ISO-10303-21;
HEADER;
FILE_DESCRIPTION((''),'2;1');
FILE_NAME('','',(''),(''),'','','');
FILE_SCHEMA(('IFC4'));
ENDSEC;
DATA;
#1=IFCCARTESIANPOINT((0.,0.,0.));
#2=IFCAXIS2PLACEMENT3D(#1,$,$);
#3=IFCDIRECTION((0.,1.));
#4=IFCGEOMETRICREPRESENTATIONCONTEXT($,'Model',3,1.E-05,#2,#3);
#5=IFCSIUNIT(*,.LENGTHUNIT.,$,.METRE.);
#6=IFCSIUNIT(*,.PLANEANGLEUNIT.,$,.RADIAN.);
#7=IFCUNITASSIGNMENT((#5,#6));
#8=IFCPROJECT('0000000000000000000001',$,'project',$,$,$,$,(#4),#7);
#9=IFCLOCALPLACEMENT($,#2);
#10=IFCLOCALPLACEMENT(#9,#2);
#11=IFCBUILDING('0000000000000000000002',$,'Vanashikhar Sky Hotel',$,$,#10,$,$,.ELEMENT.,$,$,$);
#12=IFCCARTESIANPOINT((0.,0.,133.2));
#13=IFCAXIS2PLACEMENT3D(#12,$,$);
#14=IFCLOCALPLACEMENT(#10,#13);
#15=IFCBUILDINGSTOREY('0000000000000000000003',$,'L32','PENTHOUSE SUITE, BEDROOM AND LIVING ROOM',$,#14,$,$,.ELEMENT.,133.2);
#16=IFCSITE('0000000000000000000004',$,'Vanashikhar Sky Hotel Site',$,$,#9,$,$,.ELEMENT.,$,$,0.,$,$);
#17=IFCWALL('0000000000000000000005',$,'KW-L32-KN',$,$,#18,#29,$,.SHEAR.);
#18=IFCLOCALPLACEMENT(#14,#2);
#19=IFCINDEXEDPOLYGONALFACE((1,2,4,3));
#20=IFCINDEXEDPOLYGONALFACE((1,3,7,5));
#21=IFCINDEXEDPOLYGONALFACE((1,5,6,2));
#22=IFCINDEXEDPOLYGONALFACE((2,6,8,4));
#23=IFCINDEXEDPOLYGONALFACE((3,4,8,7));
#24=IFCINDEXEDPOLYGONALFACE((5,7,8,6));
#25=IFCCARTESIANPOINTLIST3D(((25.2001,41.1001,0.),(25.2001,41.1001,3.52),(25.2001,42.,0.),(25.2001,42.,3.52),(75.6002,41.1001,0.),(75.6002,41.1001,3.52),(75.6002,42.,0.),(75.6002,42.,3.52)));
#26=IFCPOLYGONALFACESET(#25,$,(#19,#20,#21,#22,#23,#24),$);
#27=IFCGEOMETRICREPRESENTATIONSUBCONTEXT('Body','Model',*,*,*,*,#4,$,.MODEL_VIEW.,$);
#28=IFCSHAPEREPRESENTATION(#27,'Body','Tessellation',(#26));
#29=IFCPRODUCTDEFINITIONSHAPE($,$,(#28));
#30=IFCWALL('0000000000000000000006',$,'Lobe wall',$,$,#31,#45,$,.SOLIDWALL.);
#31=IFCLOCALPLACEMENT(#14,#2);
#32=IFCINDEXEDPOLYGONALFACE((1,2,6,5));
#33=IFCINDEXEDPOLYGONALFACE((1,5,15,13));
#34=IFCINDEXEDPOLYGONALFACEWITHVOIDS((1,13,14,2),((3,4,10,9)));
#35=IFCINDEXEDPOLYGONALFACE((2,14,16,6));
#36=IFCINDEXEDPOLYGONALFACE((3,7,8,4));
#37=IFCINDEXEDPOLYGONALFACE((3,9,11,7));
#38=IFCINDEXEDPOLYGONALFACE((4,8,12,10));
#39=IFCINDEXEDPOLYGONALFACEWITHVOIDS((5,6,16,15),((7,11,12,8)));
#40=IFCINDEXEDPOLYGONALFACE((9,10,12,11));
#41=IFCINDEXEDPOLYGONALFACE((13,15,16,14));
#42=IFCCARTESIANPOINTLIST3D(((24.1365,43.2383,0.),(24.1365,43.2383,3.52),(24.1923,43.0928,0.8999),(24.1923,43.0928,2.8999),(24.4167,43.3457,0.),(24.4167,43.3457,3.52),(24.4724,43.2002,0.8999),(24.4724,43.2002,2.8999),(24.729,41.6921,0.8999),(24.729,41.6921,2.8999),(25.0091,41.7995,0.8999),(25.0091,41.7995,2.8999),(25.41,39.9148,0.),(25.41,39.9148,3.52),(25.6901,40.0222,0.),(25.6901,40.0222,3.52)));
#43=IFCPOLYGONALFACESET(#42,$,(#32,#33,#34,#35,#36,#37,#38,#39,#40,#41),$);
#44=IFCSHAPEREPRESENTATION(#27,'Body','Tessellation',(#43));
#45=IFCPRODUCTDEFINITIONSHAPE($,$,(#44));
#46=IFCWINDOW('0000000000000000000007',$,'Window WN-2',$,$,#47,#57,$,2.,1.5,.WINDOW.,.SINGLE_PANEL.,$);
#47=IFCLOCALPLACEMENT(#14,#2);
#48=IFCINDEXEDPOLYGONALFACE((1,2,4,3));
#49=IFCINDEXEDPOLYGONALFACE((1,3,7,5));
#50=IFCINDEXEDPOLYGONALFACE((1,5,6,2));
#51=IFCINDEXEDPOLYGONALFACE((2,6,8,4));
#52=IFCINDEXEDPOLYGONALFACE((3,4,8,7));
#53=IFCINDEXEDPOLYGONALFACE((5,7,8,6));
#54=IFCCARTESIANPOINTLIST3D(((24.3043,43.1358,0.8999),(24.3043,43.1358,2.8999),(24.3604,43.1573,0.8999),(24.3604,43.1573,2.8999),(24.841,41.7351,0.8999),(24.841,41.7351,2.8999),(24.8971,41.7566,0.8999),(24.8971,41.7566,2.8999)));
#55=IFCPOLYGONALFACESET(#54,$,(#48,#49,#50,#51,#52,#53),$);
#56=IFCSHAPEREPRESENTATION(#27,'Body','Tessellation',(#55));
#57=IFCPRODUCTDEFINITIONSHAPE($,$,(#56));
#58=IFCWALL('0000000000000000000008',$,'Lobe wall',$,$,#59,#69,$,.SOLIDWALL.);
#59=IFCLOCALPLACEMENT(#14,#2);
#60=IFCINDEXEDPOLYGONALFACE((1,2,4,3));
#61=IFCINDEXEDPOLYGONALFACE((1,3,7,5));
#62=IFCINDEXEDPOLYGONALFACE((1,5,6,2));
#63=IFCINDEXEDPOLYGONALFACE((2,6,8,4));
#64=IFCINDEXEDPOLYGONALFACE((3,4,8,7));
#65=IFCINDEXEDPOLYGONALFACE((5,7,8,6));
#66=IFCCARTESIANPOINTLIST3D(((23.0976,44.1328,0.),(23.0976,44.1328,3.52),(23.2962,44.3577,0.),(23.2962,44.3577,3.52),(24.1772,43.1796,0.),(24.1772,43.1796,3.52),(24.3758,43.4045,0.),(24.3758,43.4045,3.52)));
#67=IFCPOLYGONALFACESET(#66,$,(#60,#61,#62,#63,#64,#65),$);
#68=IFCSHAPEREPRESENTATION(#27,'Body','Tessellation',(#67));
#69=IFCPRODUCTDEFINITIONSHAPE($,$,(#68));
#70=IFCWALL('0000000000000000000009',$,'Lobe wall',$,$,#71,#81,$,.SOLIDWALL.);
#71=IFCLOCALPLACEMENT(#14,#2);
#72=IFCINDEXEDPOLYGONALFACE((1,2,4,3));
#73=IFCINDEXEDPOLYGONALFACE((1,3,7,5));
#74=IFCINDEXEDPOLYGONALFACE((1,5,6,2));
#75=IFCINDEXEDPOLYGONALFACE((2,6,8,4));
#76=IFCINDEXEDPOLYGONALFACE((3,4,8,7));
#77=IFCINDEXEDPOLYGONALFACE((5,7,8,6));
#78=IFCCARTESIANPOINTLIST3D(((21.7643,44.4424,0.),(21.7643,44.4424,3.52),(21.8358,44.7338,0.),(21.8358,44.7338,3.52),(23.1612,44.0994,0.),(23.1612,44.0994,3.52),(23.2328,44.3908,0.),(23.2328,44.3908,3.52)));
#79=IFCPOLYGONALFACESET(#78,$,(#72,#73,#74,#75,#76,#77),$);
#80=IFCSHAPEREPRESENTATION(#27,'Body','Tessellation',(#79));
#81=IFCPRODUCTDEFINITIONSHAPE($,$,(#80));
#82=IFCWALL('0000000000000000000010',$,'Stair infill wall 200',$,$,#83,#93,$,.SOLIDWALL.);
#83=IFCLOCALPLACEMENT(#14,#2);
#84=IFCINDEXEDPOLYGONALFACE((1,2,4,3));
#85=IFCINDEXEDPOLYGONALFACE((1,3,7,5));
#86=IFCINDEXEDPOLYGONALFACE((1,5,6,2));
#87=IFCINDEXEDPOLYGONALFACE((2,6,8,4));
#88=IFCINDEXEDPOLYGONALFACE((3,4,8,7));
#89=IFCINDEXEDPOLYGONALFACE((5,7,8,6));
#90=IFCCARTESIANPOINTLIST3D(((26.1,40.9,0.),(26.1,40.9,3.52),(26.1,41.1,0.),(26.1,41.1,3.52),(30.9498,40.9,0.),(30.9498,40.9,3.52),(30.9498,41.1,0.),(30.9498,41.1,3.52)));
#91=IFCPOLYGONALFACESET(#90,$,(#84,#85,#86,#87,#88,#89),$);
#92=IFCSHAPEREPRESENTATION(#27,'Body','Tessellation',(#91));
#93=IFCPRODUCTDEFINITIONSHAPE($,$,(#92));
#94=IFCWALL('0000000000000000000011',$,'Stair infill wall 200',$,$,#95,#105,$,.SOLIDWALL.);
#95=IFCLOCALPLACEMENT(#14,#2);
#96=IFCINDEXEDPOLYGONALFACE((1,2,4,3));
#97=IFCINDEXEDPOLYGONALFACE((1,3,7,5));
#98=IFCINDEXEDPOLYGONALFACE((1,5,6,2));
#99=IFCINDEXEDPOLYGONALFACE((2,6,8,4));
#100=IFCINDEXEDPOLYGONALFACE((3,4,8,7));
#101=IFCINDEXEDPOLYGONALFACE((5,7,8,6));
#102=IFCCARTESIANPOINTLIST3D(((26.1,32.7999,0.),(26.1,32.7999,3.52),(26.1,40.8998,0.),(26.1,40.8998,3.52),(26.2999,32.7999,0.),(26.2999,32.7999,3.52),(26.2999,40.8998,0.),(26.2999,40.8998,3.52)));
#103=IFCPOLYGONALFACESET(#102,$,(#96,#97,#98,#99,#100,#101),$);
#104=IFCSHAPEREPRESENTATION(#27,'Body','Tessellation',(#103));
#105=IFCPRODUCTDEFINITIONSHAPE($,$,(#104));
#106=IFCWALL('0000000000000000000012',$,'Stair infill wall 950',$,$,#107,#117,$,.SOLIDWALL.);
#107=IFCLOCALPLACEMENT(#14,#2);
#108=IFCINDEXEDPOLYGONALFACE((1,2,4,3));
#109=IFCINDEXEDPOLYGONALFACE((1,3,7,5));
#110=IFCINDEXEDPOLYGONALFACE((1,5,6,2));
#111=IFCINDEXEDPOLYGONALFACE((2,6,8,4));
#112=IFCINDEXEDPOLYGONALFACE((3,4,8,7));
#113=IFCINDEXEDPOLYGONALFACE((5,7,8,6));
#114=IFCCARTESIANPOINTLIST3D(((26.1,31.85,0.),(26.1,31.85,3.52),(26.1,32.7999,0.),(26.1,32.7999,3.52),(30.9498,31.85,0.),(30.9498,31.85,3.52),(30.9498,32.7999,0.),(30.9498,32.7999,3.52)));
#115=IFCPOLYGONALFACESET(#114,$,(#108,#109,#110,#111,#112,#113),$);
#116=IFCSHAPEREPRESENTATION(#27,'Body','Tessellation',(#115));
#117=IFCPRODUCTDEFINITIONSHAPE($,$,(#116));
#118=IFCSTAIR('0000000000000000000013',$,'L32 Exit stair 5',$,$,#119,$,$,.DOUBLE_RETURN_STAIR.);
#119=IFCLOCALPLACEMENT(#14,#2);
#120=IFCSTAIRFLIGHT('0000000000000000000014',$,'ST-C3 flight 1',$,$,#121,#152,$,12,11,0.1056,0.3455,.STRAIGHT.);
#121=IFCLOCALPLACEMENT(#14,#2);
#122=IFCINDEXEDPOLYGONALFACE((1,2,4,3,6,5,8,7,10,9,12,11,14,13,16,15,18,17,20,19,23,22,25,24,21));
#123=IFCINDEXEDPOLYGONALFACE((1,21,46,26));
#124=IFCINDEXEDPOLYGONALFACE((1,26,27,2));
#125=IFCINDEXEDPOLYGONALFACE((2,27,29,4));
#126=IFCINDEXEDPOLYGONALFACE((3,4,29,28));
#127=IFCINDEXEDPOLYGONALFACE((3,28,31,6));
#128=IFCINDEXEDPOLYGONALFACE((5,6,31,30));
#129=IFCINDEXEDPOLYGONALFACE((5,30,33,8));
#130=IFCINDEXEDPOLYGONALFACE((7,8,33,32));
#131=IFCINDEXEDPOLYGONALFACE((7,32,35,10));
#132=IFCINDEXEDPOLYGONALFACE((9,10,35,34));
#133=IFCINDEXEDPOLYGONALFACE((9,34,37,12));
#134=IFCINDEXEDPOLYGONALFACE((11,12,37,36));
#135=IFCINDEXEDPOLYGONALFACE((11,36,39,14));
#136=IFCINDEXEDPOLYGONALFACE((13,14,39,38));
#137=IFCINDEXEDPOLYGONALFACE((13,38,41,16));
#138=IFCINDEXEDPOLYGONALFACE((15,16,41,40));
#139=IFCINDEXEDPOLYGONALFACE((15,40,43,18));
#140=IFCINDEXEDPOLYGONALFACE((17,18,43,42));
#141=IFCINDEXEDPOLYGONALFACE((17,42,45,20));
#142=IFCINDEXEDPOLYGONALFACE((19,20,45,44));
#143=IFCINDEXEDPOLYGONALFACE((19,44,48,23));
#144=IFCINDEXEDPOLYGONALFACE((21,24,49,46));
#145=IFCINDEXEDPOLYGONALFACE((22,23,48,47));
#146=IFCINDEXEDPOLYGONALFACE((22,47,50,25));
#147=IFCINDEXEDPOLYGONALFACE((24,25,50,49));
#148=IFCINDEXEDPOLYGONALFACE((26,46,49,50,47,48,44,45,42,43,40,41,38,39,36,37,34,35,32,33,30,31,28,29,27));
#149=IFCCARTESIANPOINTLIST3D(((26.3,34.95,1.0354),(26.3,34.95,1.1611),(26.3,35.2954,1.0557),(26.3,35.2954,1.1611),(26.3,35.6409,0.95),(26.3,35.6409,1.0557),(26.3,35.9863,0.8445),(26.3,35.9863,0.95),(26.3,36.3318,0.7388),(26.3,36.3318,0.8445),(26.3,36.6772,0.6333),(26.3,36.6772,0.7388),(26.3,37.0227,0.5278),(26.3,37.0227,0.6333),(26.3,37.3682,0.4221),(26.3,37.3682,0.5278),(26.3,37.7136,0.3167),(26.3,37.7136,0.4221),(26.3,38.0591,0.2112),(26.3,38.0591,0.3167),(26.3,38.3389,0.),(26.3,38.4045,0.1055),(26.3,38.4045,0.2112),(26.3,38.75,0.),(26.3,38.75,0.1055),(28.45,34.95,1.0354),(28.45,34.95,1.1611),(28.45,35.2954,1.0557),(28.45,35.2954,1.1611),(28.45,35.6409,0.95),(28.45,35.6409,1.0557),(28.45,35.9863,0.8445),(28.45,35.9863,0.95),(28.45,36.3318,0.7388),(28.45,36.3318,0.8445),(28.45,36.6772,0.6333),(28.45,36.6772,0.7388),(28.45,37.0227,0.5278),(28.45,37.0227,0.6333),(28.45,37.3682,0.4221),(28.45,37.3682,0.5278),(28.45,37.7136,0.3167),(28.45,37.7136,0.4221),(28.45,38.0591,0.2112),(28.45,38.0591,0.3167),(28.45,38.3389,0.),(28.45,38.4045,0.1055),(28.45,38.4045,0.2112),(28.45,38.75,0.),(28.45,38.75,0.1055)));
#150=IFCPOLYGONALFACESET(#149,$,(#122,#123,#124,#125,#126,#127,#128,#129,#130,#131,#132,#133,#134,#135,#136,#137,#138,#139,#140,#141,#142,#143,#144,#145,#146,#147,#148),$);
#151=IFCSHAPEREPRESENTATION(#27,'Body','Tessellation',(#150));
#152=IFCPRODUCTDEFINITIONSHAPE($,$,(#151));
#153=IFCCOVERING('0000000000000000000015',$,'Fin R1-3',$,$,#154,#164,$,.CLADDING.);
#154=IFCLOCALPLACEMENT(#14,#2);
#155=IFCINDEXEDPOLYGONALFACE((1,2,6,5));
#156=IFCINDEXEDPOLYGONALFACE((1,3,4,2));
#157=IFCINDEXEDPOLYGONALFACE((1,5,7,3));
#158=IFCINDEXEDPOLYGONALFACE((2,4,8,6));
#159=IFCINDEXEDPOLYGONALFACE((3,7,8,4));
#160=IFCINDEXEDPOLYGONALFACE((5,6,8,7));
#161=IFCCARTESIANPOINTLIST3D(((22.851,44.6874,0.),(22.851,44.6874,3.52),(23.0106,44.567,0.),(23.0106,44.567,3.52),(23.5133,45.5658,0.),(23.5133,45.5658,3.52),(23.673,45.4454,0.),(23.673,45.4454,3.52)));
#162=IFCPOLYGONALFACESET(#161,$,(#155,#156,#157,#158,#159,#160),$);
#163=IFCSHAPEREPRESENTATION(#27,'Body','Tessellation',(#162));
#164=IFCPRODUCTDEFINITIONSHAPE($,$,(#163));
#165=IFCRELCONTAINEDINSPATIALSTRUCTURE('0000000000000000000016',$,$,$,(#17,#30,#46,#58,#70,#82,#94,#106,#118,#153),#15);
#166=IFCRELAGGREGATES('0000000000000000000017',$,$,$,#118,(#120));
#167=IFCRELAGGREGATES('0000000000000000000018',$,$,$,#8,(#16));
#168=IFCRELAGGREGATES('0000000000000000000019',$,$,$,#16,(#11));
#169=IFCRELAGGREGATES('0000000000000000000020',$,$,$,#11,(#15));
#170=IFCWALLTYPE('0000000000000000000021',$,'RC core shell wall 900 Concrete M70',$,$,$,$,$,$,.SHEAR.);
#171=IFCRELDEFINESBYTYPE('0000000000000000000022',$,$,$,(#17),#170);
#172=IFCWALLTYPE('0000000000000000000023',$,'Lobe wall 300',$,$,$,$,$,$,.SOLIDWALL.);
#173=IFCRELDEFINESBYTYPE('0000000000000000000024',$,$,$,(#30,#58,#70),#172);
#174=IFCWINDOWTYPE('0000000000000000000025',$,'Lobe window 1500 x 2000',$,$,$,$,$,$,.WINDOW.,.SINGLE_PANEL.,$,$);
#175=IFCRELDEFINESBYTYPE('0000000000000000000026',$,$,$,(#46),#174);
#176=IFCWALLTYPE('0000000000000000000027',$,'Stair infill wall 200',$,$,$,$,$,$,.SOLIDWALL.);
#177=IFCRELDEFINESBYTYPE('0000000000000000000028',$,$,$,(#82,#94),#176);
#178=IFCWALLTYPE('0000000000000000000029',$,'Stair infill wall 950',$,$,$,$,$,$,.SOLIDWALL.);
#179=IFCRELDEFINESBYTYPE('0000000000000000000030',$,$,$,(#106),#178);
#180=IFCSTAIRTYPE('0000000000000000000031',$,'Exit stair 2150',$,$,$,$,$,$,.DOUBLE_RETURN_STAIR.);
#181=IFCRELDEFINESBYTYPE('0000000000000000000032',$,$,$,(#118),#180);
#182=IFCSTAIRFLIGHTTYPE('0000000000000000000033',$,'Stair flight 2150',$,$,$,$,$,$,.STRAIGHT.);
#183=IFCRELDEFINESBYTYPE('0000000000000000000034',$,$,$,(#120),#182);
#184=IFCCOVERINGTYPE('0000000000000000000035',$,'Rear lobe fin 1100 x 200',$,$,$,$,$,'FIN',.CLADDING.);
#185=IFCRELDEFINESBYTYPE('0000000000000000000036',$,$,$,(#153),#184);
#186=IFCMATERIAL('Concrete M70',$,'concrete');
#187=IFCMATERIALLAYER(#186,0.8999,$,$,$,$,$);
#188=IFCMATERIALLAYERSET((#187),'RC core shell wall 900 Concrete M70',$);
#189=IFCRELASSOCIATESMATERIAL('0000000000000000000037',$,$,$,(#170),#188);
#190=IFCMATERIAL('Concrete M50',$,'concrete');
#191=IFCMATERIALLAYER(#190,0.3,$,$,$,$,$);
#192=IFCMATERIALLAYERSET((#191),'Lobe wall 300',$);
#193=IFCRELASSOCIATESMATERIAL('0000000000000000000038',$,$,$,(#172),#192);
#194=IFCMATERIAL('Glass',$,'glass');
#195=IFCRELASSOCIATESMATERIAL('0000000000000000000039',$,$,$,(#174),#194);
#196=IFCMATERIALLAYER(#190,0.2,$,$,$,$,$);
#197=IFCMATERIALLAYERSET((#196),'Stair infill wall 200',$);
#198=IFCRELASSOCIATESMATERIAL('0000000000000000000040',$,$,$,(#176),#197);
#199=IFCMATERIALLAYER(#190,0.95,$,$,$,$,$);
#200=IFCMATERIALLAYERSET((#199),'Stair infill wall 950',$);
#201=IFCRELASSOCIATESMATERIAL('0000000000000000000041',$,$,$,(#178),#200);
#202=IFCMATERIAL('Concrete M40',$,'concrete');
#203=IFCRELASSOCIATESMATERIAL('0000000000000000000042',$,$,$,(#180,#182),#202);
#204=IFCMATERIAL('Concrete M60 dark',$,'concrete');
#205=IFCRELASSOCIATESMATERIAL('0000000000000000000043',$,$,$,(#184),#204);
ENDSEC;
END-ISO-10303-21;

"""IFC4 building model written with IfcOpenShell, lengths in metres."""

from ifc_helpers import new_model, si_unit, direction, frame, frame_2d, origin, origin_2d, place, context, subcontext, project, spatial, polyline, rectangle, outline, extrude, source, transform, mapped, material, layer, layer_set, material_profile, profile_set, type_object, element, fill, aggregate, save


model = new_model("IFC4")

# Units and contexts
model_context = context("Model", 3, precision=1e-05, world=origin(), true_north=direction((0.0, 1.0)))
body_context = subcontext(model_context, "Body", "Model", "MODEL_VIEW")
ifc_project = project(units=[si_unit("LENGTHUNIT", "METRE"), si_unit("PLANEANGLEUNIT", "RADIAN")], contexts=[model_context])

# Site, building, storey
site_placement = place(None, origin())
site = spatial("IfcSite", under=ifc_project, at=site_placement, Name="Vanashikhar Sky Hotel Site", CompositionType="ELEMENT", RefElevation=0.0)
building_placement = place(site_placement, origin())
building = spatial("IfcBuilding", under=site, at=building_placement, Name="Vanashikhar Sky Hotel", CompositionType="ELEMENT")
storey_placement = place(building_placement, frame((0.0, 0.0, 133.2)))
storey = spatial("IfcBuildingStorey", under=building, at=storey_placement, Name="L32", Description="PENTHOUSE SUITE, BEDROOM AND LIVING ROOM", CompositionType="ELEMENT", Elevation=133.2)

# Wall
ifc_material_1 = material(Name="Concrete M70", Category="concrete")
ifc_layer_1 = layer(ifc_material_1, 0.8999)
ifc_layer_set_1 = layer_set([ifc_layer_1], Name="RC core shell wall 900 Concrete M70")
wall_type_1 = type_object("IfcWallType", Name="RC core shell wall 900 Concrete M70", PredefinedType="SHEAR", material=ifc_layer_set_1)
shared_shape_1 = source(origin(), body_context, "Body", "SweptSolid", [
    extrude(rectangle(XDim=50.4001, YDim=0.8999, at=frame_2d((25.2002, 0.0))), origin(), (0.0, 0.0, 1.0), 3.52),
])
wall_1_placement = place(storey_placement, frame((25.2, 41.55, 0.0), z_axis=(0.0, 0.0, 1.0), x_axis=(1.0, 0.0, 0.0)))
element("IfcWall", 1, at=wall_1_placement, inside=storey, type_object=wall_type_1, Name="KW-L32-KN", PredefinedType="SHEAR", context=body_context, shape_type="MappedRepresentation", body=[
    mapped(shared_shape_1, transform((0.0, 0.0, 0.0), scale=1.0)),
])

# Wall, opening, window
ifc_material_2 = material(Name="Concrete M50", Category="concrete")
ifc_layer_2 = layer(ifc_material_2, 0.3)
ifc_layer_set_2 = layer_set([ifc_layer_2], Name="Lobe wall 300")
wall_type_2 = type_object("IfcWallType", Name="Lobe wall 300", PredefinedType="SOLIDWALL", material=ifc_layer_set_2)
shared_shape_2 = source(origin(), body_context, "Body", "SweptSolid", [
    extrude(rectangle(XDim=3.5591, YDim=0.3, at=frame_2d((1.7795, 0.0))), origin(), (0.0, 0.0, 1.0), 3.52),
])
wall_2_placement = place(storey_placement, frame((25.55, 39.9685, 0.0), z_axis=(0.0, 0.0, 1.0), x_axis=(-0.357797, 0.933799, 0.0)))
wall_2 = element("IfcWall", 2, at=wall_2_placement, inside=storey, type_object=wall_type_2, Name="Lobe wall", PredefinedType="SOLIDWALL", context=body_context, shape_type="MappedRepresentation", body=[
    mapped(shared_shape_2, transform((0.0, 0.0, 0.0), scale=1.0)),
])
shared_shape_3 = source(origin(), body_context, "Body", "SweptSolid", [
    extrude(rectangle(XDim=1.5, YDim=2.0, at=frame_2d((0.75, 1.0))), frame((0.0, 0.1602, 0.0), z_axis=(0.0, -1.0, 0.0), x_axis=(1.0, 0.0, 0.0)), (0.0, 0.0, 1.0), 0.3201),
])
opening_placement = place(wall_2_placement, frame((1.9033, 0.0, 0.8999)))
opening = element("IfcOpeningElement", 3, at=opening_placement, cuts=wall_2, PredefinedType="OPENING", context=body_context, shape_type="MappedRepresentation", body=[
    mapped(shared_shape_3, transform((0.0, 0.0, 0.0), scale=1.0)),
])
ifc_material_3 = material(Name="Glass", Category="glass")
window_type = type_object("IfcWindowType", Name="Lobe window 1500 x 2000", PartitioningType="SINGLE_PANEL", PredefinedType="WINDOW", material=ifc_material_3)
shared_shape_4 = source(origin(), body_context, "Body", "SweptSolid", [
    extrude(rectangle(XDim=1.5, YDim=2.0, at=frame_2d((0.75, 1.0))), frame((0.0, 0.03, 0.0), z_axis=(0.0, -1.0, 0.0), x_axis=(1.0, 0.0, 0.0)), (0.0, 0.0, 1.0), 0.0601),
])
window_placement = place(opening_placement, origin())
window = element("IfcWindow", 4, at=window_placement, inside=storey, type_object=window_type, Name="Window WN-2", OverallHeight=2.0, OverallWidth=1.5, PartitioningType="SINGLE_PANEL", PredefinedType="WINDOW", context=body_context, shape_type="MappedRepresentation", body=[
    mapped(shared_shape_4, transform((0.0, 0.0, 0.0), scale=1.0)),
])
fill(opening, window)

# Walls
shared_shape_5 = source(origin(), body_context, "Body", "SweptSolid", [
    extrude(rectangle(XDim=1.4402, YDim=0.3, at=frame_2d((0.7202, 0.0))), origin(), (0.0, 0.0, 1.0), 3.52),
])
wall_3_placement = place(storey_placement, frame((24.2766, 43.292, 0.0), z_axis=(0.0, 0.0, 1.0), x_axis=(-0.74965, 0.661835, 0.0)))
element("IfcWall", 5, at=wall_3_placement, inside=storey, type_object=wall_type_2, Name="Lobe wall", PredefinedType="SOLIDWALL", context=body_context, shape_type="MappedRepresentation", body=[
    mapped(shared_shape_5, transform((0.0, 0.0, 0.0), scale=1.0)),
])
shared_shape_6 = source(origin(), body_context, "Body", "SweptSolid", [
    extrude(rectangle(XDim=1.4385, YDim=0.3, at=frame_2d((0.7192, 0.0))), origin(), (0.0, 0.0, 1.0), 3.52),
])
wall_4_placement = place(storey_placement, frame((23.197, 44.2451, 0.0), z_axis=(0.0, 0.0, 1.0), x_axis=(-0.971152, 0.23846, 0.0)))
element("IfcWall", 6, at=wall_4_placement, inside=storey, type_object=wall_type_2, Name="Lobe wall", PredefinedType="SOLIDWALL", context=body_context, shape_type="MappedRepresentation", body=[
    mapped(shared_shape_6, transform((0.0, 0.0, 0.0), scale=1.0)),
])
ifc_layer_3 = layer(ifc_material_2, 0.2)
ifc_layer_set_3 = layer_set([ifc_layer_3], Name="Stair infill wall 200")
wall_type_3 = type_object("IfcWallType", Name="Stair infill wall 200", PredefinedType="SOLIDWALL", material=ifc_layer_set_3)
shared_shape_7 = source(origin(), body_context, "Body", "SweptSolid", [
    extrude(rectangle(XDim=4.8499, YDim=0.2, at=frame_2d((2.4248, 0.0))), origin(), (0.0, 0.0, 1.0), 3.52),
])
wall_5_placement = place(storey_placement, frame((26.1001, 41.0, 0.0), z_axis=(0.0, 0.0, 1.0), x_axis=(1.0, 0.0, 0.0)))
element("IfcWall", 7, at=wall_5_placement, inside=storey, type_object=wall_type_3, Name="Stair infill wall 200", PredefinedType="SOLIDWALL", context=body_context, shape_type="MappedRepresentation", body=[
    mapped(shared_shape_7, transform((0.0, 0.0, 0.0), scale=1.0)),
])
shared_shape_8 = source(origin(), body_context, "Body", "SweptSolid", [
    extrude(rectangle(XDim=8.0999, YDim=0.2, at=frame_2d((4.0498, 0.0))), origin(), (0.0, 0.0, 1.0), 3.52),
])
wall_6_placement = place(storey_placement, frame((26.2, 32.8, 0.0), z_axis=(0.0, 0.0, 1.0), x_axis=(0.0, 1.0, 0.0)))
element("IfcWall", 8, at=wall_6_placement, inside=storey, type_object=wall_type_3, Name="Stair infill wall 200", PredefinedType="SOLIDWALL", context=body_context, shape_type="MappedRepresentation", body=[
    mapped(shared_shape_8, transform((0.0, 0.0, 0.0), scale=1.0)),
])
ifc_layer_4 = layer(ifc_material_2, 0.95)
ifc_layer_set_4 = layer_set([ifc_layer_4], Name="Stair infill wall 950")
wall_type_4 = type_object("IfcWallType", Name="Stair infill wall 950", PredefinedType="SOLIDWALL", material=ifc_layer_set_4)
shared_shape_9 = source(origin(), body_context, "Body", "SweptSolid", [
    extrude(rectangle(XDim=4.8499, YDim=0.95, at=frame_2d((2.4248, 0.0))), origin(), (0.0, 0.0, 1.0), 3.52),
])
wall_7_placement = place(storey_placement, frame((26.1001, 32.325, 0.0), z_axis=(0.0, 0.0, 1.0), x_axis=(1.0, 0.0, 0.0)))
element("IfcWall", 9, at=wall_7_placement, inside=storey, type_object=wall_type_4, Name="Stair infill wall 950", PredefinedType="SOLIDWALL", context=body_context, shape_type="MappedRepresentation", body=[
    mapped(shared_shape_9, transform((0.0, 0.0, 0.0), scale=1.0)),
])

# Stair, stair flight
ifc_material_4 = material(Name="Concrete M40", Category="concrete")
stair_type = type_object("IfcStairType", Name="Exit stair 2150", PredefinedType="DOUBLE_RETURN_STAIR", material=ifc_material_4)
stair_placement = place(storey_placement, origin())
stair = element("IfcStair", 10, at=stair_placement, inside=storey, type_object=stair_type, Name="L32 Exit stair 5", PredefinedType="DOUBLE_RETURN_STAIR")
stair_flight_type = type_object("IfcStairFlightType", Name="Stair flight 2150", PredefinedType="STRAIGHT", material=ifc_material_4)
shared_shape_10 = source(origin(), body_context, "Body", "SweptSolid", [
    extrude(outline(polyline([(0.0, 0.0), (0.0, 0.1055), (0.3455, 0.1055), (0.3455, 0.2112), (0.6909, 0.2112), (0.6909, 0.3167), (1.0364, 0.3167), (1.0364, 0.4221), (1.3818, 0.4221), (1.3818, 0.5278), (1.7273, 0.5278), (1.7273, 0.6333), (2.0728, 0.6333), (2.0728, 0.7388), (2.4182, 0.7388), (2.4182, 0.8445), (2.7637, 0.8445), (2.7637, 0.95), (3.1091, 0.95), (3.1091, 1.0557), (3.4546, 1.0557), (3.4546, 1.1611), (3.8, 1.1611), (3.8, 1.2666), (3.8, 1.0354), (0.4111, 0.0), (0.0, 0.0)])), frame((0.0, 1.075, 0.0), z_axis=(0.0, -1.0, 0.0), x_axis=(1.0, 0.0, 0.0)), (0.0, 0.0, 1.0), 2.1499),
])
stair_flight_placement = place(storey_placement, frame((27.375, 38.75, 0.0), z_axis=(0.0, 0.0, 1.0), x_axis=(0.0, -1.0, 0.0)))
stair_flight = element("IfcStairFlight", 11, at=stair_flight_placement, type_object=stair_flight_type, Name="ST-C3 flight 1", NumberOfRisers=12, NumberOfTreads=11, PredefinedType="STRAIGHT", RiserHeight=0.1056, TreadLength=0.3455, context=body_context, shape_type="MappedRepresentation", body=[
    mapped(shared_shape_10, transform((0.0, 0.0, 0.0), scale=1.0)),
])
aggregate(stair, [stair_flight])

# Covering
ifc_material_5 = material(Name="Concrete M60 dark", Category="concrete")
ifc_material_profile = material_profile(ifc_material_5, rectangle(XDim=1.1001, YDim=0.2, at=origin_2d()))
ifc_profile_set = profile_set([ifc_material_profile], Name="Rear lobe fin 1100 x 200")
covering_type = type_object("IfcCoveringType", Name="Rear lobe fin 1100 x 200", ElementType="FIN", PredefinedType="CLADDING", material=ifc_profile_set)
shared_shape_11 = source(origin(), body_context, "Body", "SweptSolid", [
    extrude(rectangle(XDim=1.1001, YDim=0.2, at=origin_2d()), origin(), (0.0, 0.0, 1.0), 3.52),
])
for number, where, z_axis, x_axis, name in (
    (12, (23.262, 45.0664, 0.0), (0.0, 0.0, 1.0), (0.602066, 0.798446, 0.0), "Fin R1-3"),
):
    element("IfcCovering", number, at=place(storey_placement, frame(where, z_axis=z_axis, x_axis=x_axis)), inside=storey, type_object=covering_type, Name=name, PredefinedType="CLADDING", context=body_context, shape_type="MappedRepresentation", body=[
        mapped(shared_shape_11, transform((0.0, 0.0, 0.0), scale=1.0)),
    ])

save(model, "model.ifc")
